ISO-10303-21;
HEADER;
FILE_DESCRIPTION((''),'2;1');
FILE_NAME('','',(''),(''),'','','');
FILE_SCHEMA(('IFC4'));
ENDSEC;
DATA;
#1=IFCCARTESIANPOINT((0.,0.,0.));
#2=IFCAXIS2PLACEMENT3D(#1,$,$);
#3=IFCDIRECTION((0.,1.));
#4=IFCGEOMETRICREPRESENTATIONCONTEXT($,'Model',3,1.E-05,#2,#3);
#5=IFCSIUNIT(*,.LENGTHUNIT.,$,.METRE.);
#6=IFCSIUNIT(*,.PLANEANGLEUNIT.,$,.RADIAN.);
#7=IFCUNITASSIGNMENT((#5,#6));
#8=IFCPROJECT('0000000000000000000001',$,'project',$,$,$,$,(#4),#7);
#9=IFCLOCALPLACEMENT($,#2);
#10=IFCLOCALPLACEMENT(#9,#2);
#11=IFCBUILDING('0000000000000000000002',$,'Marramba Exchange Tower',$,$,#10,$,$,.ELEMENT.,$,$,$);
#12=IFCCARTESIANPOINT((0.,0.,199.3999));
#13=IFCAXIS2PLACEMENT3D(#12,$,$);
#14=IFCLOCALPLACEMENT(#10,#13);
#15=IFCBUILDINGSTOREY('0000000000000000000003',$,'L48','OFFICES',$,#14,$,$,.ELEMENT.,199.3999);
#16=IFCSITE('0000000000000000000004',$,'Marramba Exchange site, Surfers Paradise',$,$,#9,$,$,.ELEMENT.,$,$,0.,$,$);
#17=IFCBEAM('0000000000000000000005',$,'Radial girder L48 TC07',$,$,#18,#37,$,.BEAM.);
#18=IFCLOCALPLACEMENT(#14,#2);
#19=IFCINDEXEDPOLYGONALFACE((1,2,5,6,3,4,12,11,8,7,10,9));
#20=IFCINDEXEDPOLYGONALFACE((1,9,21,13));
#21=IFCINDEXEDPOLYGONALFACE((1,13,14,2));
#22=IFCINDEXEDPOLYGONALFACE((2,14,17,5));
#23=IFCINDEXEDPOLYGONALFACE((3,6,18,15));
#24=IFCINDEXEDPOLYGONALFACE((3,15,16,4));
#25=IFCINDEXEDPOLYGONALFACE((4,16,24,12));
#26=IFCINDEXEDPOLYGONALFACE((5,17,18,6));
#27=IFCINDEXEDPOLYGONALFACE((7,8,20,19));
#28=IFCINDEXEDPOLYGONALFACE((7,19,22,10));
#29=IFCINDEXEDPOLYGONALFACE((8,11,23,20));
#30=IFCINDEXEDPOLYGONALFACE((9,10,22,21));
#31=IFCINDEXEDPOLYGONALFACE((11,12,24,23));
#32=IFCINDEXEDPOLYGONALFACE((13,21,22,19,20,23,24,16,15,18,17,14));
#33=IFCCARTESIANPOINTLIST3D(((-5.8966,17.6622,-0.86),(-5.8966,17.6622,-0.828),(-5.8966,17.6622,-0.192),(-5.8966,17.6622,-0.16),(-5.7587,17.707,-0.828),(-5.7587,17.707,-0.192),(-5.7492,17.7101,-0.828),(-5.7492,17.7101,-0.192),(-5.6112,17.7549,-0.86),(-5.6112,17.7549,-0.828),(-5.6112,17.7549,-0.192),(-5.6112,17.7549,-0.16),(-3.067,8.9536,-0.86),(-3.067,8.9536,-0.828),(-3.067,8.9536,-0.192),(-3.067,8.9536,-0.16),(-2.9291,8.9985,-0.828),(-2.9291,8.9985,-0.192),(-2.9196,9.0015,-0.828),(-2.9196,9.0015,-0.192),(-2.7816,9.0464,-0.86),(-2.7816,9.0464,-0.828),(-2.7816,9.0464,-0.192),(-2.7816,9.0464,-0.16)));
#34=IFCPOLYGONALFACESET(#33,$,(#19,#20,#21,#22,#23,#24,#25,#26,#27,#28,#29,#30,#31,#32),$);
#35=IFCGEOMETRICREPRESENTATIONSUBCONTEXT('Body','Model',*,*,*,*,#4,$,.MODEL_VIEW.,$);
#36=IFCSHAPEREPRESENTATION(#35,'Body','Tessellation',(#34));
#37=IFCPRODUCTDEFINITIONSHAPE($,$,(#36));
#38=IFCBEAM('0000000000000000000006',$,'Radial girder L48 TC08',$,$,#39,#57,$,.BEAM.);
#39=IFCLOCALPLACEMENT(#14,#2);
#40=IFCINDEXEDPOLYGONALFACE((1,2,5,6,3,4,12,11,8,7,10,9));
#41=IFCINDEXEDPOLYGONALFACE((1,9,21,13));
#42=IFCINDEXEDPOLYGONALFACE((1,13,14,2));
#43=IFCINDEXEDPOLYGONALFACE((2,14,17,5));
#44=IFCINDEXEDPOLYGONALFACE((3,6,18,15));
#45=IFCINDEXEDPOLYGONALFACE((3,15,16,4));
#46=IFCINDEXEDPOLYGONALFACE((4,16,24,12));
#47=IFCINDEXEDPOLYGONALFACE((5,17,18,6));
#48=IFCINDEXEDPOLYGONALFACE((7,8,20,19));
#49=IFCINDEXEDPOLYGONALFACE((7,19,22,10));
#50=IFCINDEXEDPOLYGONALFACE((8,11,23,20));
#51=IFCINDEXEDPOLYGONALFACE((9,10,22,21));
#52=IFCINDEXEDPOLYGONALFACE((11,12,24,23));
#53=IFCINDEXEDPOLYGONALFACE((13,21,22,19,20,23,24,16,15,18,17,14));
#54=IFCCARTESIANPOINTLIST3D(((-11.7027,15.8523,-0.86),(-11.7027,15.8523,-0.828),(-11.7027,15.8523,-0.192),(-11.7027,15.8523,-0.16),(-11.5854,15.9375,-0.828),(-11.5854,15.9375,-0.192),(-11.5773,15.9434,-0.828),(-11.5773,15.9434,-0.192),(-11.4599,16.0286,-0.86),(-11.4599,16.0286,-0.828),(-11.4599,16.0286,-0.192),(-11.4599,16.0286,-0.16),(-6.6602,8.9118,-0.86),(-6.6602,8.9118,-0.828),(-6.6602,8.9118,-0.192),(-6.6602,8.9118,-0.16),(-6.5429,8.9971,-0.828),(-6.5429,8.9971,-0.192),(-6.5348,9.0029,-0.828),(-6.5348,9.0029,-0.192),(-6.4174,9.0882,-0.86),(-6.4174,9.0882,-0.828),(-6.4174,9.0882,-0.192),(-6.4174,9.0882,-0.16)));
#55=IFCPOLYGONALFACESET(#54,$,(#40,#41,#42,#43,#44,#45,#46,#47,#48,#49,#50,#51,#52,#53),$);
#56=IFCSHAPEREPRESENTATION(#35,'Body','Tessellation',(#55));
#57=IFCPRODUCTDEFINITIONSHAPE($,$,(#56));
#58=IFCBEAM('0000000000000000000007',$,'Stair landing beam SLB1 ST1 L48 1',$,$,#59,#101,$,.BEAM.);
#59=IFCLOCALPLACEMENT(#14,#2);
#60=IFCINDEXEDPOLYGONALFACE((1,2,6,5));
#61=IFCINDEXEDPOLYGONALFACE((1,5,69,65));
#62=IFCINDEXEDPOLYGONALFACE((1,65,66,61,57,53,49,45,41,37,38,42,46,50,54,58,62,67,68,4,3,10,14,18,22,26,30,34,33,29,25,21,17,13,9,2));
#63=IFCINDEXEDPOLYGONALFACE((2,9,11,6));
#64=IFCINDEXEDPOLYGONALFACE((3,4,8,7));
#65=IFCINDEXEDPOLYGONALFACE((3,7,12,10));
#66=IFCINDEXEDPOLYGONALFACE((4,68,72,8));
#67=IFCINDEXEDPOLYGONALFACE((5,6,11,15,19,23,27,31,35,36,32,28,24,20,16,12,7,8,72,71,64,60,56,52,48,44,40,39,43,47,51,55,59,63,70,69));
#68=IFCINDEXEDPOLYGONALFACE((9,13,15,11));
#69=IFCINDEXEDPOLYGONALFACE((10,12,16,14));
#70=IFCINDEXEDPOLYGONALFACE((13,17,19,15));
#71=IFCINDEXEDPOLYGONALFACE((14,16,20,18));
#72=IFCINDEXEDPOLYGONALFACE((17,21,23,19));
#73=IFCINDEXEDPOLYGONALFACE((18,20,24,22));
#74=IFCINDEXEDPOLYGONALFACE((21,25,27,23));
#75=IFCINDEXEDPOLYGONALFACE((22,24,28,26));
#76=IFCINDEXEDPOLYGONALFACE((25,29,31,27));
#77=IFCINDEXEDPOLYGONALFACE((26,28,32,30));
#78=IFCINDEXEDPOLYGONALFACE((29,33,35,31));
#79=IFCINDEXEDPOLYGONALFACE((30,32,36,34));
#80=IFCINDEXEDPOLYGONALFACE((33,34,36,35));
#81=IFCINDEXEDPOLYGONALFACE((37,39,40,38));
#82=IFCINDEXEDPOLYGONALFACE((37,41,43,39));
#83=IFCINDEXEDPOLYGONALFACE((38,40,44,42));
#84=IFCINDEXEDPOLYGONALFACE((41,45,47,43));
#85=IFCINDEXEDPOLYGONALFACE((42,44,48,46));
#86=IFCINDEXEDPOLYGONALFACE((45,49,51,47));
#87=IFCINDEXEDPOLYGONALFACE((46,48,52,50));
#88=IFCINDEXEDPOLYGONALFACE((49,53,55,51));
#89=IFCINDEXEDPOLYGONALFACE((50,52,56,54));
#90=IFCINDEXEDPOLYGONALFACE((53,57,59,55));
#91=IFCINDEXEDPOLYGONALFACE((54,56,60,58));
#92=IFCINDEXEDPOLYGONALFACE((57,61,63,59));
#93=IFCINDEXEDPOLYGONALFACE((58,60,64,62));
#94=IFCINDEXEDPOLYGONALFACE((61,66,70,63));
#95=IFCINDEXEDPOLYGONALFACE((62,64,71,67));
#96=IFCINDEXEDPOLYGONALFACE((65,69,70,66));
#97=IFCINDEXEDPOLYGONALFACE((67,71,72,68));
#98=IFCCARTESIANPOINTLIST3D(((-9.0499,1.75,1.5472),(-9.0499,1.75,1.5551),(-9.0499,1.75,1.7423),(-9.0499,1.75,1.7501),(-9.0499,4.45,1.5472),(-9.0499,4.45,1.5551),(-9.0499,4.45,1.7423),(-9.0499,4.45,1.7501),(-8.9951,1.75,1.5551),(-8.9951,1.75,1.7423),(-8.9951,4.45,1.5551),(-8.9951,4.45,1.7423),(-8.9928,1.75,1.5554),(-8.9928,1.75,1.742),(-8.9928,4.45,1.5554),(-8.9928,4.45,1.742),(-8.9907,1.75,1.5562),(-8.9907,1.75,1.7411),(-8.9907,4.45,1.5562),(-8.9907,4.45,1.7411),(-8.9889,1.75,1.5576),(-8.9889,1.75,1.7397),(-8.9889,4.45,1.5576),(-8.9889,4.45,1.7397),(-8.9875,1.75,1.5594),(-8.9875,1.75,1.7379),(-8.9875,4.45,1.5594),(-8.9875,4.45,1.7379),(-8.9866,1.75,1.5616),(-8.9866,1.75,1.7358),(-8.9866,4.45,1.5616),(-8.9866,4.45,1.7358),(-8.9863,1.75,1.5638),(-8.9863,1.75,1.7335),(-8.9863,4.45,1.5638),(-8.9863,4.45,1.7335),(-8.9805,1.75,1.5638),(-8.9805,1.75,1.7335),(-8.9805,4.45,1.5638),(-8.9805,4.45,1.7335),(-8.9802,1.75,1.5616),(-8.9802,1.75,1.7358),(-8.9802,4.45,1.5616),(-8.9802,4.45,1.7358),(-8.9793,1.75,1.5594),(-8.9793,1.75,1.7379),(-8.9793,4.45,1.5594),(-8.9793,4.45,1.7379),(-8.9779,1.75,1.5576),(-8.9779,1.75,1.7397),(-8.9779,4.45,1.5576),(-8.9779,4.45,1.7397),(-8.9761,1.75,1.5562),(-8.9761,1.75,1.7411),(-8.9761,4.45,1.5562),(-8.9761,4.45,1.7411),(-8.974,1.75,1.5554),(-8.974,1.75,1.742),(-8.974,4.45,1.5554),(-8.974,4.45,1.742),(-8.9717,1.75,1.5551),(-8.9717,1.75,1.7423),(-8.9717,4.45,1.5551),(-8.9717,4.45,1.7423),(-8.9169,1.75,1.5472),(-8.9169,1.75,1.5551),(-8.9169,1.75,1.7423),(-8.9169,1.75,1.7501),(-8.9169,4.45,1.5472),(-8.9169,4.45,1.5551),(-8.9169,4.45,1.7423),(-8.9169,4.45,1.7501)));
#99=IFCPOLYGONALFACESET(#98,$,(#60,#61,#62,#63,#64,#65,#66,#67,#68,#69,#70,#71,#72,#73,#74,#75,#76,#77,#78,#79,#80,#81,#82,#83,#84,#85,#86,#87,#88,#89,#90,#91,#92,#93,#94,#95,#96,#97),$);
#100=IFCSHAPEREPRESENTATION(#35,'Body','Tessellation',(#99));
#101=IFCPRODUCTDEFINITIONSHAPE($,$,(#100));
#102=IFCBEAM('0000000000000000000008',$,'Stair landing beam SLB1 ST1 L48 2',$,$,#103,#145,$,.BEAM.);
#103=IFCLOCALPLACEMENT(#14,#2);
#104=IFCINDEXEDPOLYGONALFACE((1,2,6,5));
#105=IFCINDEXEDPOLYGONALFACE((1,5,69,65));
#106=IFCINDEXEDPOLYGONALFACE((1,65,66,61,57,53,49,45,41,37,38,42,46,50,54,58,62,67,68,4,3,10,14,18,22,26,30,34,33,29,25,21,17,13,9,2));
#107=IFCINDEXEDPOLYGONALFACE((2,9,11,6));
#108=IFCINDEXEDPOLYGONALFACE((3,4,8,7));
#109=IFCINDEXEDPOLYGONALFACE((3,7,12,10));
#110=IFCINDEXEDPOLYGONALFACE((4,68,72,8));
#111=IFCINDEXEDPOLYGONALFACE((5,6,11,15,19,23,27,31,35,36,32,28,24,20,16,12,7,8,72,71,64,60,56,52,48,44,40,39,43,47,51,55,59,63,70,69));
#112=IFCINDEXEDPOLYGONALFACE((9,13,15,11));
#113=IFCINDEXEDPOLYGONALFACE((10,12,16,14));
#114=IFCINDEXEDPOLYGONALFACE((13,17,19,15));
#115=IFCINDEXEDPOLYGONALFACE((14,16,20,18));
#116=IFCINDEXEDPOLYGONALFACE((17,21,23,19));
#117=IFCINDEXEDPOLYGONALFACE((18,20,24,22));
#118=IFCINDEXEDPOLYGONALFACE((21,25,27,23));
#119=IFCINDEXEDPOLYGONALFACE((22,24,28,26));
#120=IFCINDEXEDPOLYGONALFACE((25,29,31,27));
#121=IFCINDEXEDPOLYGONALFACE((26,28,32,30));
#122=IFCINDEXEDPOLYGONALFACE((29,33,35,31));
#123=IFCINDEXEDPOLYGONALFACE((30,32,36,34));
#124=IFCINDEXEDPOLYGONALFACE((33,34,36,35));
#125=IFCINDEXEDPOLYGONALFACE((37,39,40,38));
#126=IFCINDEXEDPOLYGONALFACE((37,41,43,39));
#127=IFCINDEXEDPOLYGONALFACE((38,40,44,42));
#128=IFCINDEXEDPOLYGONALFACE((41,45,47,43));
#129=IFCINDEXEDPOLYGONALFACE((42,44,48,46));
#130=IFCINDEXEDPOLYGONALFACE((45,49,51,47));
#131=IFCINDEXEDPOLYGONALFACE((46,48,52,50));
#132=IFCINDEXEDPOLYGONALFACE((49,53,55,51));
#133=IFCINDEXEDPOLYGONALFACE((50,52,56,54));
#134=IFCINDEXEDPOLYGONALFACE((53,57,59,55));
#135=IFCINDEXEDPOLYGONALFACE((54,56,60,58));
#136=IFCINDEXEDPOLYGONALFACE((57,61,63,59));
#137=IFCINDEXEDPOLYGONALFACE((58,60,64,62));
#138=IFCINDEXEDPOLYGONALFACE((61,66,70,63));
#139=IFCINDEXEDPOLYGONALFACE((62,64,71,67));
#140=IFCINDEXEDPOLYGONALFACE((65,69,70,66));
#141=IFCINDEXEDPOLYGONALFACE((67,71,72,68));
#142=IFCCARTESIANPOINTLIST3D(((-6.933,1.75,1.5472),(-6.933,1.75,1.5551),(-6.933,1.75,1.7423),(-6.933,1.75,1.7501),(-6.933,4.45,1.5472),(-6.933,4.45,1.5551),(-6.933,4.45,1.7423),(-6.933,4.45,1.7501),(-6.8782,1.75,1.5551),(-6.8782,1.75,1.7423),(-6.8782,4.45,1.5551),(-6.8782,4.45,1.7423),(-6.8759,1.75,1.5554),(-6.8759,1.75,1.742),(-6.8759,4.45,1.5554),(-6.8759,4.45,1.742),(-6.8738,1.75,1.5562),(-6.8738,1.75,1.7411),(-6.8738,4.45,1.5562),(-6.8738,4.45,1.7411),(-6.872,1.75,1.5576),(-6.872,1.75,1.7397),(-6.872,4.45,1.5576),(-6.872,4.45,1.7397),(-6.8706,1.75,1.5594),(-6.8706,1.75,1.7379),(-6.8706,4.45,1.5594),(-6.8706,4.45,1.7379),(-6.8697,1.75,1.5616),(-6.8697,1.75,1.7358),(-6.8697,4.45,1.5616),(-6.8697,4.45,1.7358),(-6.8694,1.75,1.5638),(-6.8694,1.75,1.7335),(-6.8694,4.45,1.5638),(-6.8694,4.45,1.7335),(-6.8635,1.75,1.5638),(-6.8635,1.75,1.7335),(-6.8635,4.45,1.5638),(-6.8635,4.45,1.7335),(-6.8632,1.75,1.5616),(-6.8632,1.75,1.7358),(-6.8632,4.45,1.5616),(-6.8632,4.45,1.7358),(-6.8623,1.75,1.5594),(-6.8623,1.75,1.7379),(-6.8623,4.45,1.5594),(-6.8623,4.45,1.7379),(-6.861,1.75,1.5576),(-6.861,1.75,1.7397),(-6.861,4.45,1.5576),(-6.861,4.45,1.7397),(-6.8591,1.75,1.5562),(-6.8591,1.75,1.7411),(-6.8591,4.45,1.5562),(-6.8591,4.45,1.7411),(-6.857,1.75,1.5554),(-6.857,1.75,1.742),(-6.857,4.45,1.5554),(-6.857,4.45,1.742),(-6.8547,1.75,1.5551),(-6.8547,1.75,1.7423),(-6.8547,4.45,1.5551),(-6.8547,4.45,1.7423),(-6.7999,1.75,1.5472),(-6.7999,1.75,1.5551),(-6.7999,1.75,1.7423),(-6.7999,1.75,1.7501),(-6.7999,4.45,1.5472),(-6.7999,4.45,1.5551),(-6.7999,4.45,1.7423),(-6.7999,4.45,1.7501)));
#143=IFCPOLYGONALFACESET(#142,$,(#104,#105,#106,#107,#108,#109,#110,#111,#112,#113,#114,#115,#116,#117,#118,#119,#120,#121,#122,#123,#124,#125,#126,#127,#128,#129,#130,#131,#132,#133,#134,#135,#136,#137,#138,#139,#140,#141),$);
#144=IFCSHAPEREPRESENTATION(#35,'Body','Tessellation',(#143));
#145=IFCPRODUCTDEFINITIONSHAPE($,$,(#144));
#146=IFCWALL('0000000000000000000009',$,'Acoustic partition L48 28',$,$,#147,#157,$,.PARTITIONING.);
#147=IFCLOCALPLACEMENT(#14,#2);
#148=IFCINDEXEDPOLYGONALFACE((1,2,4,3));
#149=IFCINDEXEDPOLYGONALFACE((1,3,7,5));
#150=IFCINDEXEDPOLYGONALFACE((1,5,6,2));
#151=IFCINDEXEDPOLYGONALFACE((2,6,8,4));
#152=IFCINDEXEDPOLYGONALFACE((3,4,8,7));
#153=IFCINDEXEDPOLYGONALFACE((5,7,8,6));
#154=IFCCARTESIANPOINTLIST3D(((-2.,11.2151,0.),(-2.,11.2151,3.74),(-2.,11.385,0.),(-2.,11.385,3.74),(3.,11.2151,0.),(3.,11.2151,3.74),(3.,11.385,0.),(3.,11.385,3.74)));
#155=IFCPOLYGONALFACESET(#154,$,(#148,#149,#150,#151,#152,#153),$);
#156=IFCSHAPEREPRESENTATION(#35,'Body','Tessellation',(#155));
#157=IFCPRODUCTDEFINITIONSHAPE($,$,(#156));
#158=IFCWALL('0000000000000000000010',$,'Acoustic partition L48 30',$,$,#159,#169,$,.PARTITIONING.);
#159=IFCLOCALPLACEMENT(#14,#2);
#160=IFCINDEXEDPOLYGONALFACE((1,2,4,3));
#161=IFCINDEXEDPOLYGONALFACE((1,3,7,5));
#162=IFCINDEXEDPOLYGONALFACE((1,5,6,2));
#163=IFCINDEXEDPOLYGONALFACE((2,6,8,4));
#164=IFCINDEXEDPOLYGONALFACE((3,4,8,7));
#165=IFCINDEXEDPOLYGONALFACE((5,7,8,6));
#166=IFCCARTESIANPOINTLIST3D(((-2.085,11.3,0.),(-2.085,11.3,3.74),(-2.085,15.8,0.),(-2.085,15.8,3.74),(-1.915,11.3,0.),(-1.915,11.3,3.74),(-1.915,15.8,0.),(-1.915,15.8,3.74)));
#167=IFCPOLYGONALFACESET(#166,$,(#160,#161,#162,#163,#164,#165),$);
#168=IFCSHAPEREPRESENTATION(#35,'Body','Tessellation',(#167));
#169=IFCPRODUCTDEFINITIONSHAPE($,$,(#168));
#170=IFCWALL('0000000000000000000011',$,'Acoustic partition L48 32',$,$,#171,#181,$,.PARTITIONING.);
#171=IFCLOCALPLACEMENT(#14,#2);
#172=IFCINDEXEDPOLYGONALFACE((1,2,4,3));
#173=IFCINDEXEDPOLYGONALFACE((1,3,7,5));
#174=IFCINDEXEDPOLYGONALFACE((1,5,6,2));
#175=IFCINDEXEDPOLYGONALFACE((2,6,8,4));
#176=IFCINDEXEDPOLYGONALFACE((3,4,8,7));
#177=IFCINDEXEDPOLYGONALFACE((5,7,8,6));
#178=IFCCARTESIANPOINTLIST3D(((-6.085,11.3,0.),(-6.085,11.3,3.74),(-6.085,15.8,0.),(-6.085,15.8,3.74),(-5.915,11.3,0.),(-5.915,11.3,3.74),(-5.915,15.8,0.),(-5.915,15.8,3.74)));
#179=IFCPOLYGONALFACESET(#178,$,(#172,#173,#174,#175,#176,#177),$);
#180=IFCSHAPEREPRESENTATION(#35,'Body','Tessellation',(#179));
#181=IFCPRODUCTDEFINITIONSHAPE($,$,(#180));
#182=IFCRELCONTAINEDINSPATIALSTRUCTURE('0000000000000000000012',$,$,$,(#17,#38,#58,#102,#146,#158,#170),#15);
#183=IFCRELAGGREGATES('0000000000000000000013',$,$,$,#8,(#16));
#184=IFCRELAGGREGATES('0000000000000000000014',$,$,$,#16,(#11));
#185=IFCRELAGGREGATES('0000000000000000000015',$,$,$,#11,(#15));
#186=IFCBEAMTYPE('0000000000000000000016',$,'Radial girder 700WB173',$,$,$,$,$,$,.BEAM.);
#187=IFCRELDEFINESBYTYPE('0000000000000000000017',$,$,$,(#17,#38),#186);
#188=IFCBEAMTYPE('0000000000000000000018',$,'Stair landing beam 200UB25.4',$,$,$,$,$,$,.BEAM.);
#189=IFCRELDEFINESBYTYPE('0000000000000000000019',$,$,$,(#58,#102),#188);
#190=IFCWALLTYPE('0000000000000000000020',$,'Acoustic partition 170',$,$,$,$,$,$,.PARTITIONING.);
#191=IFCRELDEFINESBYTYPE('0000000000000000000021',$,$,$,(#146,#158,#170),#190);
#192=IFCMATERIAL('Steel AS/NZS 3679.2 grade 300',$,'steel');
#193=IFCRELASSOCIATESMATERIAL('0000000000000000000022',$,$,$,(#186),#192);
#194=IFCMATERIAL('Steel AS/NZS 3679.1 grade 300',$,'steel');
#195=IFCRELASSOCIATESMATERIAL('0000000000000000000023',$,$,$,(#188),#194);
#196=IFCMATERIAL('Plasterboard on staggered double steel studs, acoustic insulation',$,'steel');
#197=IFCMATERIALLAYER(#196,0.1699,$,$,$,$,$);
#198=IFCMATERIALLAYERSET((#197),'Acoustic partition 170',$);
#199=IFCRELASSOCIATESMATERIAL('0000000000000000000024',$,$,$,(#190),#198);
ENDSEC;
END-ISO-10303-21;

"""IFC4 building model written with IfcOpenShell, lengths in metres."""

from ifc_helpers import new_model, si_unit, direction, frame, frame_2d, origin, origin_2d, place, context, subcontext, project, spatial, rectangle, i_section, extrude, material, layer, layer_set, material_profile, profile_set, type_object, element, save


model = new_model("IFC4")

# Units and contexts
model_context = context("Model", 3, precision=1e-05, world=origin(), true_north=direction((0.0, 1.0)))
body_context = subcontext(model_context, "Body", "Model", "MODEL_VIEW")
ifc_project = project(units=[si_unit("LENGTHUNIT", "METRE"), si_unit("PLANEANGLEUNIT", "RADIAN")], contexts=[model_context])

# Site, building, storey
site_placement = place(None, origin())
site = spatial("IfcSite", under=ifc_project, at=site_placement, Name="Marramba Exchange site, Surfers Paradise", CompositionType="ELEMENT", RefElevation=0.0)
building_placement = place(site_placement, origin())
building = spatial("IfcBuilding", under=site, at=building_placement, Name="Marramba Exchange Tower", CompositionType="ELEMENT")
storey_placement = place(building_placement, frame((0.0, 0.0, 199.3999)))
storey = spatial("IfcBuildingStorey", under=building, at=storey_placement, Name="L48", Description="OFFICES", CompositionType="ELEMENT", Elevation=199.3999)

# Beams
ifc_material_1 = material(Name="Steel AS/NZS 3679.1 grade 300", Category="steel")
ifc_material_2 = material(Name="Steel AS/NZS 3679.2 grade 300", Category="steel")
ifc_material_profile_1 = material_profile(ifc_material_2, i_section(OverallWidth=0.3, OverallDepth=0.7, WebThickness=0.01, FlangeThickness=0.032, at=origin_2d()), Name="700WB173")
ifc_profile_set_1 = profile_set([ifc_material_profile_1], Name="Steel AS/NZS 3679.2 grade 300")
beam_type_1 = type_object("IfcBeamType", Name="Radial girder 700WB173", PredefinedType="BEAM", material=ifc_profile_set_1)
beam_1_placement = place(storey_placement, frame((-2.9243, 9.0, -0.51), z_axis=(-0.30902, 0.951056, 0.0), x_axis=(-0.951056, -0.30902, 0.0)))
element("IfcBeam", 1, at=beam_1_placement, inside=storey, type_object=beam_type_1, Name="Radial girder L48 TC07", PredefinedType="BEAM", context=body_context, shape_type="SweptSolid", body=[
    extrude(i_section(OverallWidth=0.3, OverallDepth=0.7, WebThickness=0.01, FlangeThickness=0.032, at=origin_2d()), origin(), (0.0, 0.0, 1.0), 9.1567),
])
beam_2_placement = place(storey_placement, frame((-6.5388, 9.0, -0.51), z_axis=(-0.587782, 0.809019, 0.0), x_axis=(-0.809019, -0.587782, 0.0)))
element("IfcBeam", 2, at=beam_2_placement, inside=storey, type_object=beam_type_1, Name="Radial girder L48 TC08", PredefinedType="BEAM", context=body_context, shape_type="SweptSolid", body=[
    extrude(i_section(OverallWidth=0.3, OverallDepth=0.7, WebThickness=0.01, FlangeThickness=0.032, at=origin_2d()), origin(), (0.0, 0.0, 1.0), 8.5789),
])
ifc_material_profile_2 = material_profile(ifc_material_1, i_section(OverallWidth=0.1331, OverallDepth=0.2029, WebThickness=0.0059, FlangeThickness=0.0078, FilletRadius=0.0088, at=origin_2d()), Name="200UB25.4")
ifc_profile_set_2 = profile_set([ifc_material_profile_2], Name="Steel AS/NZS 3679.1 grade 300")
beam_type_2 = type_object("IfcBeamType", Name="Stair landing beam 200UB25.4", PredefinedType="BEAM", material=ifc_profile_set_2)
for number, where, z_axis, x_axis, name in (
    (3, (-8.9834, 1.75, 1.6487), (0.0, 1.0, 0.0), (-1.0, 0.0, 0.0), "Stair landing beam SLB1 ST1 L48 1"),
    (4, (-6.8665, 1.75, 1.6487), (0.0, 1.0, 0.0), (-1.0, 0.0, 0.0), "Stair landing beam SLB1 ST1 L48 2"),
):
    element("IfcBeam", number, at=place(storey_placement, frame(where, z_axis=z_axis, x_axis=x_axis)), inside=storey, type_object=beam_type_2, Name=name, PredefinedType="BEAM", context=body_context, shape_type="SweptSolid", body=[
        extrude(i_section(OverallWidth=0.1331, OverallDepth=0.2029, WebThickness=0.0059, FlangeThickness=0.0078, FilletRadius=0.0088, at=origin_2d()), origin(), (0.0, 0.0, 1.0), 2.7),
    ])

# Walls
ifc_material_3 = material(Name="Plasterboard on staggered double steel studs, acoustic insulation", Category="steel")
ifc_layer_1 = layer(ifc_material_3, 0.1699)
ifc_layer_set_1 = layer_set([ifc_layer_1], Name="Acoustic partition 170")
wall_type_1 = type_object("IfcWallType", Name="Acoustic partition 170", PredefinedType="PARTITIONING", material=ifc_layer_set_1)
wall_1_placement = place(storey_placement, frame((-2.0, 11.3, 0.0), z_axis=(0.0, 0.0, 1.0), x_axis=(1.0, 0.0, 0.0)))
element("IfcWall", 5, at=wall_1_placement, inside=storey, type_object=wall_type_1, Name="Acoustic partition L48 28", PredefinedType="PARTITIONING", context=body_context, shape_type="SweptSolid", body=[
    extrude(rectangle(XDim=5.0, YDim=0.1699, at=frame_2d((2.5, 0.0))), origin(), (0.0, 0.0, 1.0), 3.74),
])
for number, where, z_axis, x_axis, name in (
    (6, (-2.0, 15.8, 0.0), (0.0, 0.0, 1.0), (0.0, -1.0, 0.0), "Acoustic partition L48 30"),
    (7, (-6.0, 11.3, 0.0), (0.0, 0.0, 1.0), (0.0, 1.0, 0.0), "Acoustic partition L48 32"),
):
    element("IfcWall", number, at=place(storey_placement, frame(where, z_axis=z_axis, x_axis=x_axis)), inside=storey, type_object=wall_type_1, Name=name, PredefinedType="PARTITIONING", context=body_context, shape_type="SweptSolid", body=[
        extrude(rectangle(XDim=4.5, YDim=0.1699, at=frame_2d((2.25, 0.0))), origin(), (0.0, 0.0, 1.0), 3.74),
    ])

save(model, "model.ifc")
